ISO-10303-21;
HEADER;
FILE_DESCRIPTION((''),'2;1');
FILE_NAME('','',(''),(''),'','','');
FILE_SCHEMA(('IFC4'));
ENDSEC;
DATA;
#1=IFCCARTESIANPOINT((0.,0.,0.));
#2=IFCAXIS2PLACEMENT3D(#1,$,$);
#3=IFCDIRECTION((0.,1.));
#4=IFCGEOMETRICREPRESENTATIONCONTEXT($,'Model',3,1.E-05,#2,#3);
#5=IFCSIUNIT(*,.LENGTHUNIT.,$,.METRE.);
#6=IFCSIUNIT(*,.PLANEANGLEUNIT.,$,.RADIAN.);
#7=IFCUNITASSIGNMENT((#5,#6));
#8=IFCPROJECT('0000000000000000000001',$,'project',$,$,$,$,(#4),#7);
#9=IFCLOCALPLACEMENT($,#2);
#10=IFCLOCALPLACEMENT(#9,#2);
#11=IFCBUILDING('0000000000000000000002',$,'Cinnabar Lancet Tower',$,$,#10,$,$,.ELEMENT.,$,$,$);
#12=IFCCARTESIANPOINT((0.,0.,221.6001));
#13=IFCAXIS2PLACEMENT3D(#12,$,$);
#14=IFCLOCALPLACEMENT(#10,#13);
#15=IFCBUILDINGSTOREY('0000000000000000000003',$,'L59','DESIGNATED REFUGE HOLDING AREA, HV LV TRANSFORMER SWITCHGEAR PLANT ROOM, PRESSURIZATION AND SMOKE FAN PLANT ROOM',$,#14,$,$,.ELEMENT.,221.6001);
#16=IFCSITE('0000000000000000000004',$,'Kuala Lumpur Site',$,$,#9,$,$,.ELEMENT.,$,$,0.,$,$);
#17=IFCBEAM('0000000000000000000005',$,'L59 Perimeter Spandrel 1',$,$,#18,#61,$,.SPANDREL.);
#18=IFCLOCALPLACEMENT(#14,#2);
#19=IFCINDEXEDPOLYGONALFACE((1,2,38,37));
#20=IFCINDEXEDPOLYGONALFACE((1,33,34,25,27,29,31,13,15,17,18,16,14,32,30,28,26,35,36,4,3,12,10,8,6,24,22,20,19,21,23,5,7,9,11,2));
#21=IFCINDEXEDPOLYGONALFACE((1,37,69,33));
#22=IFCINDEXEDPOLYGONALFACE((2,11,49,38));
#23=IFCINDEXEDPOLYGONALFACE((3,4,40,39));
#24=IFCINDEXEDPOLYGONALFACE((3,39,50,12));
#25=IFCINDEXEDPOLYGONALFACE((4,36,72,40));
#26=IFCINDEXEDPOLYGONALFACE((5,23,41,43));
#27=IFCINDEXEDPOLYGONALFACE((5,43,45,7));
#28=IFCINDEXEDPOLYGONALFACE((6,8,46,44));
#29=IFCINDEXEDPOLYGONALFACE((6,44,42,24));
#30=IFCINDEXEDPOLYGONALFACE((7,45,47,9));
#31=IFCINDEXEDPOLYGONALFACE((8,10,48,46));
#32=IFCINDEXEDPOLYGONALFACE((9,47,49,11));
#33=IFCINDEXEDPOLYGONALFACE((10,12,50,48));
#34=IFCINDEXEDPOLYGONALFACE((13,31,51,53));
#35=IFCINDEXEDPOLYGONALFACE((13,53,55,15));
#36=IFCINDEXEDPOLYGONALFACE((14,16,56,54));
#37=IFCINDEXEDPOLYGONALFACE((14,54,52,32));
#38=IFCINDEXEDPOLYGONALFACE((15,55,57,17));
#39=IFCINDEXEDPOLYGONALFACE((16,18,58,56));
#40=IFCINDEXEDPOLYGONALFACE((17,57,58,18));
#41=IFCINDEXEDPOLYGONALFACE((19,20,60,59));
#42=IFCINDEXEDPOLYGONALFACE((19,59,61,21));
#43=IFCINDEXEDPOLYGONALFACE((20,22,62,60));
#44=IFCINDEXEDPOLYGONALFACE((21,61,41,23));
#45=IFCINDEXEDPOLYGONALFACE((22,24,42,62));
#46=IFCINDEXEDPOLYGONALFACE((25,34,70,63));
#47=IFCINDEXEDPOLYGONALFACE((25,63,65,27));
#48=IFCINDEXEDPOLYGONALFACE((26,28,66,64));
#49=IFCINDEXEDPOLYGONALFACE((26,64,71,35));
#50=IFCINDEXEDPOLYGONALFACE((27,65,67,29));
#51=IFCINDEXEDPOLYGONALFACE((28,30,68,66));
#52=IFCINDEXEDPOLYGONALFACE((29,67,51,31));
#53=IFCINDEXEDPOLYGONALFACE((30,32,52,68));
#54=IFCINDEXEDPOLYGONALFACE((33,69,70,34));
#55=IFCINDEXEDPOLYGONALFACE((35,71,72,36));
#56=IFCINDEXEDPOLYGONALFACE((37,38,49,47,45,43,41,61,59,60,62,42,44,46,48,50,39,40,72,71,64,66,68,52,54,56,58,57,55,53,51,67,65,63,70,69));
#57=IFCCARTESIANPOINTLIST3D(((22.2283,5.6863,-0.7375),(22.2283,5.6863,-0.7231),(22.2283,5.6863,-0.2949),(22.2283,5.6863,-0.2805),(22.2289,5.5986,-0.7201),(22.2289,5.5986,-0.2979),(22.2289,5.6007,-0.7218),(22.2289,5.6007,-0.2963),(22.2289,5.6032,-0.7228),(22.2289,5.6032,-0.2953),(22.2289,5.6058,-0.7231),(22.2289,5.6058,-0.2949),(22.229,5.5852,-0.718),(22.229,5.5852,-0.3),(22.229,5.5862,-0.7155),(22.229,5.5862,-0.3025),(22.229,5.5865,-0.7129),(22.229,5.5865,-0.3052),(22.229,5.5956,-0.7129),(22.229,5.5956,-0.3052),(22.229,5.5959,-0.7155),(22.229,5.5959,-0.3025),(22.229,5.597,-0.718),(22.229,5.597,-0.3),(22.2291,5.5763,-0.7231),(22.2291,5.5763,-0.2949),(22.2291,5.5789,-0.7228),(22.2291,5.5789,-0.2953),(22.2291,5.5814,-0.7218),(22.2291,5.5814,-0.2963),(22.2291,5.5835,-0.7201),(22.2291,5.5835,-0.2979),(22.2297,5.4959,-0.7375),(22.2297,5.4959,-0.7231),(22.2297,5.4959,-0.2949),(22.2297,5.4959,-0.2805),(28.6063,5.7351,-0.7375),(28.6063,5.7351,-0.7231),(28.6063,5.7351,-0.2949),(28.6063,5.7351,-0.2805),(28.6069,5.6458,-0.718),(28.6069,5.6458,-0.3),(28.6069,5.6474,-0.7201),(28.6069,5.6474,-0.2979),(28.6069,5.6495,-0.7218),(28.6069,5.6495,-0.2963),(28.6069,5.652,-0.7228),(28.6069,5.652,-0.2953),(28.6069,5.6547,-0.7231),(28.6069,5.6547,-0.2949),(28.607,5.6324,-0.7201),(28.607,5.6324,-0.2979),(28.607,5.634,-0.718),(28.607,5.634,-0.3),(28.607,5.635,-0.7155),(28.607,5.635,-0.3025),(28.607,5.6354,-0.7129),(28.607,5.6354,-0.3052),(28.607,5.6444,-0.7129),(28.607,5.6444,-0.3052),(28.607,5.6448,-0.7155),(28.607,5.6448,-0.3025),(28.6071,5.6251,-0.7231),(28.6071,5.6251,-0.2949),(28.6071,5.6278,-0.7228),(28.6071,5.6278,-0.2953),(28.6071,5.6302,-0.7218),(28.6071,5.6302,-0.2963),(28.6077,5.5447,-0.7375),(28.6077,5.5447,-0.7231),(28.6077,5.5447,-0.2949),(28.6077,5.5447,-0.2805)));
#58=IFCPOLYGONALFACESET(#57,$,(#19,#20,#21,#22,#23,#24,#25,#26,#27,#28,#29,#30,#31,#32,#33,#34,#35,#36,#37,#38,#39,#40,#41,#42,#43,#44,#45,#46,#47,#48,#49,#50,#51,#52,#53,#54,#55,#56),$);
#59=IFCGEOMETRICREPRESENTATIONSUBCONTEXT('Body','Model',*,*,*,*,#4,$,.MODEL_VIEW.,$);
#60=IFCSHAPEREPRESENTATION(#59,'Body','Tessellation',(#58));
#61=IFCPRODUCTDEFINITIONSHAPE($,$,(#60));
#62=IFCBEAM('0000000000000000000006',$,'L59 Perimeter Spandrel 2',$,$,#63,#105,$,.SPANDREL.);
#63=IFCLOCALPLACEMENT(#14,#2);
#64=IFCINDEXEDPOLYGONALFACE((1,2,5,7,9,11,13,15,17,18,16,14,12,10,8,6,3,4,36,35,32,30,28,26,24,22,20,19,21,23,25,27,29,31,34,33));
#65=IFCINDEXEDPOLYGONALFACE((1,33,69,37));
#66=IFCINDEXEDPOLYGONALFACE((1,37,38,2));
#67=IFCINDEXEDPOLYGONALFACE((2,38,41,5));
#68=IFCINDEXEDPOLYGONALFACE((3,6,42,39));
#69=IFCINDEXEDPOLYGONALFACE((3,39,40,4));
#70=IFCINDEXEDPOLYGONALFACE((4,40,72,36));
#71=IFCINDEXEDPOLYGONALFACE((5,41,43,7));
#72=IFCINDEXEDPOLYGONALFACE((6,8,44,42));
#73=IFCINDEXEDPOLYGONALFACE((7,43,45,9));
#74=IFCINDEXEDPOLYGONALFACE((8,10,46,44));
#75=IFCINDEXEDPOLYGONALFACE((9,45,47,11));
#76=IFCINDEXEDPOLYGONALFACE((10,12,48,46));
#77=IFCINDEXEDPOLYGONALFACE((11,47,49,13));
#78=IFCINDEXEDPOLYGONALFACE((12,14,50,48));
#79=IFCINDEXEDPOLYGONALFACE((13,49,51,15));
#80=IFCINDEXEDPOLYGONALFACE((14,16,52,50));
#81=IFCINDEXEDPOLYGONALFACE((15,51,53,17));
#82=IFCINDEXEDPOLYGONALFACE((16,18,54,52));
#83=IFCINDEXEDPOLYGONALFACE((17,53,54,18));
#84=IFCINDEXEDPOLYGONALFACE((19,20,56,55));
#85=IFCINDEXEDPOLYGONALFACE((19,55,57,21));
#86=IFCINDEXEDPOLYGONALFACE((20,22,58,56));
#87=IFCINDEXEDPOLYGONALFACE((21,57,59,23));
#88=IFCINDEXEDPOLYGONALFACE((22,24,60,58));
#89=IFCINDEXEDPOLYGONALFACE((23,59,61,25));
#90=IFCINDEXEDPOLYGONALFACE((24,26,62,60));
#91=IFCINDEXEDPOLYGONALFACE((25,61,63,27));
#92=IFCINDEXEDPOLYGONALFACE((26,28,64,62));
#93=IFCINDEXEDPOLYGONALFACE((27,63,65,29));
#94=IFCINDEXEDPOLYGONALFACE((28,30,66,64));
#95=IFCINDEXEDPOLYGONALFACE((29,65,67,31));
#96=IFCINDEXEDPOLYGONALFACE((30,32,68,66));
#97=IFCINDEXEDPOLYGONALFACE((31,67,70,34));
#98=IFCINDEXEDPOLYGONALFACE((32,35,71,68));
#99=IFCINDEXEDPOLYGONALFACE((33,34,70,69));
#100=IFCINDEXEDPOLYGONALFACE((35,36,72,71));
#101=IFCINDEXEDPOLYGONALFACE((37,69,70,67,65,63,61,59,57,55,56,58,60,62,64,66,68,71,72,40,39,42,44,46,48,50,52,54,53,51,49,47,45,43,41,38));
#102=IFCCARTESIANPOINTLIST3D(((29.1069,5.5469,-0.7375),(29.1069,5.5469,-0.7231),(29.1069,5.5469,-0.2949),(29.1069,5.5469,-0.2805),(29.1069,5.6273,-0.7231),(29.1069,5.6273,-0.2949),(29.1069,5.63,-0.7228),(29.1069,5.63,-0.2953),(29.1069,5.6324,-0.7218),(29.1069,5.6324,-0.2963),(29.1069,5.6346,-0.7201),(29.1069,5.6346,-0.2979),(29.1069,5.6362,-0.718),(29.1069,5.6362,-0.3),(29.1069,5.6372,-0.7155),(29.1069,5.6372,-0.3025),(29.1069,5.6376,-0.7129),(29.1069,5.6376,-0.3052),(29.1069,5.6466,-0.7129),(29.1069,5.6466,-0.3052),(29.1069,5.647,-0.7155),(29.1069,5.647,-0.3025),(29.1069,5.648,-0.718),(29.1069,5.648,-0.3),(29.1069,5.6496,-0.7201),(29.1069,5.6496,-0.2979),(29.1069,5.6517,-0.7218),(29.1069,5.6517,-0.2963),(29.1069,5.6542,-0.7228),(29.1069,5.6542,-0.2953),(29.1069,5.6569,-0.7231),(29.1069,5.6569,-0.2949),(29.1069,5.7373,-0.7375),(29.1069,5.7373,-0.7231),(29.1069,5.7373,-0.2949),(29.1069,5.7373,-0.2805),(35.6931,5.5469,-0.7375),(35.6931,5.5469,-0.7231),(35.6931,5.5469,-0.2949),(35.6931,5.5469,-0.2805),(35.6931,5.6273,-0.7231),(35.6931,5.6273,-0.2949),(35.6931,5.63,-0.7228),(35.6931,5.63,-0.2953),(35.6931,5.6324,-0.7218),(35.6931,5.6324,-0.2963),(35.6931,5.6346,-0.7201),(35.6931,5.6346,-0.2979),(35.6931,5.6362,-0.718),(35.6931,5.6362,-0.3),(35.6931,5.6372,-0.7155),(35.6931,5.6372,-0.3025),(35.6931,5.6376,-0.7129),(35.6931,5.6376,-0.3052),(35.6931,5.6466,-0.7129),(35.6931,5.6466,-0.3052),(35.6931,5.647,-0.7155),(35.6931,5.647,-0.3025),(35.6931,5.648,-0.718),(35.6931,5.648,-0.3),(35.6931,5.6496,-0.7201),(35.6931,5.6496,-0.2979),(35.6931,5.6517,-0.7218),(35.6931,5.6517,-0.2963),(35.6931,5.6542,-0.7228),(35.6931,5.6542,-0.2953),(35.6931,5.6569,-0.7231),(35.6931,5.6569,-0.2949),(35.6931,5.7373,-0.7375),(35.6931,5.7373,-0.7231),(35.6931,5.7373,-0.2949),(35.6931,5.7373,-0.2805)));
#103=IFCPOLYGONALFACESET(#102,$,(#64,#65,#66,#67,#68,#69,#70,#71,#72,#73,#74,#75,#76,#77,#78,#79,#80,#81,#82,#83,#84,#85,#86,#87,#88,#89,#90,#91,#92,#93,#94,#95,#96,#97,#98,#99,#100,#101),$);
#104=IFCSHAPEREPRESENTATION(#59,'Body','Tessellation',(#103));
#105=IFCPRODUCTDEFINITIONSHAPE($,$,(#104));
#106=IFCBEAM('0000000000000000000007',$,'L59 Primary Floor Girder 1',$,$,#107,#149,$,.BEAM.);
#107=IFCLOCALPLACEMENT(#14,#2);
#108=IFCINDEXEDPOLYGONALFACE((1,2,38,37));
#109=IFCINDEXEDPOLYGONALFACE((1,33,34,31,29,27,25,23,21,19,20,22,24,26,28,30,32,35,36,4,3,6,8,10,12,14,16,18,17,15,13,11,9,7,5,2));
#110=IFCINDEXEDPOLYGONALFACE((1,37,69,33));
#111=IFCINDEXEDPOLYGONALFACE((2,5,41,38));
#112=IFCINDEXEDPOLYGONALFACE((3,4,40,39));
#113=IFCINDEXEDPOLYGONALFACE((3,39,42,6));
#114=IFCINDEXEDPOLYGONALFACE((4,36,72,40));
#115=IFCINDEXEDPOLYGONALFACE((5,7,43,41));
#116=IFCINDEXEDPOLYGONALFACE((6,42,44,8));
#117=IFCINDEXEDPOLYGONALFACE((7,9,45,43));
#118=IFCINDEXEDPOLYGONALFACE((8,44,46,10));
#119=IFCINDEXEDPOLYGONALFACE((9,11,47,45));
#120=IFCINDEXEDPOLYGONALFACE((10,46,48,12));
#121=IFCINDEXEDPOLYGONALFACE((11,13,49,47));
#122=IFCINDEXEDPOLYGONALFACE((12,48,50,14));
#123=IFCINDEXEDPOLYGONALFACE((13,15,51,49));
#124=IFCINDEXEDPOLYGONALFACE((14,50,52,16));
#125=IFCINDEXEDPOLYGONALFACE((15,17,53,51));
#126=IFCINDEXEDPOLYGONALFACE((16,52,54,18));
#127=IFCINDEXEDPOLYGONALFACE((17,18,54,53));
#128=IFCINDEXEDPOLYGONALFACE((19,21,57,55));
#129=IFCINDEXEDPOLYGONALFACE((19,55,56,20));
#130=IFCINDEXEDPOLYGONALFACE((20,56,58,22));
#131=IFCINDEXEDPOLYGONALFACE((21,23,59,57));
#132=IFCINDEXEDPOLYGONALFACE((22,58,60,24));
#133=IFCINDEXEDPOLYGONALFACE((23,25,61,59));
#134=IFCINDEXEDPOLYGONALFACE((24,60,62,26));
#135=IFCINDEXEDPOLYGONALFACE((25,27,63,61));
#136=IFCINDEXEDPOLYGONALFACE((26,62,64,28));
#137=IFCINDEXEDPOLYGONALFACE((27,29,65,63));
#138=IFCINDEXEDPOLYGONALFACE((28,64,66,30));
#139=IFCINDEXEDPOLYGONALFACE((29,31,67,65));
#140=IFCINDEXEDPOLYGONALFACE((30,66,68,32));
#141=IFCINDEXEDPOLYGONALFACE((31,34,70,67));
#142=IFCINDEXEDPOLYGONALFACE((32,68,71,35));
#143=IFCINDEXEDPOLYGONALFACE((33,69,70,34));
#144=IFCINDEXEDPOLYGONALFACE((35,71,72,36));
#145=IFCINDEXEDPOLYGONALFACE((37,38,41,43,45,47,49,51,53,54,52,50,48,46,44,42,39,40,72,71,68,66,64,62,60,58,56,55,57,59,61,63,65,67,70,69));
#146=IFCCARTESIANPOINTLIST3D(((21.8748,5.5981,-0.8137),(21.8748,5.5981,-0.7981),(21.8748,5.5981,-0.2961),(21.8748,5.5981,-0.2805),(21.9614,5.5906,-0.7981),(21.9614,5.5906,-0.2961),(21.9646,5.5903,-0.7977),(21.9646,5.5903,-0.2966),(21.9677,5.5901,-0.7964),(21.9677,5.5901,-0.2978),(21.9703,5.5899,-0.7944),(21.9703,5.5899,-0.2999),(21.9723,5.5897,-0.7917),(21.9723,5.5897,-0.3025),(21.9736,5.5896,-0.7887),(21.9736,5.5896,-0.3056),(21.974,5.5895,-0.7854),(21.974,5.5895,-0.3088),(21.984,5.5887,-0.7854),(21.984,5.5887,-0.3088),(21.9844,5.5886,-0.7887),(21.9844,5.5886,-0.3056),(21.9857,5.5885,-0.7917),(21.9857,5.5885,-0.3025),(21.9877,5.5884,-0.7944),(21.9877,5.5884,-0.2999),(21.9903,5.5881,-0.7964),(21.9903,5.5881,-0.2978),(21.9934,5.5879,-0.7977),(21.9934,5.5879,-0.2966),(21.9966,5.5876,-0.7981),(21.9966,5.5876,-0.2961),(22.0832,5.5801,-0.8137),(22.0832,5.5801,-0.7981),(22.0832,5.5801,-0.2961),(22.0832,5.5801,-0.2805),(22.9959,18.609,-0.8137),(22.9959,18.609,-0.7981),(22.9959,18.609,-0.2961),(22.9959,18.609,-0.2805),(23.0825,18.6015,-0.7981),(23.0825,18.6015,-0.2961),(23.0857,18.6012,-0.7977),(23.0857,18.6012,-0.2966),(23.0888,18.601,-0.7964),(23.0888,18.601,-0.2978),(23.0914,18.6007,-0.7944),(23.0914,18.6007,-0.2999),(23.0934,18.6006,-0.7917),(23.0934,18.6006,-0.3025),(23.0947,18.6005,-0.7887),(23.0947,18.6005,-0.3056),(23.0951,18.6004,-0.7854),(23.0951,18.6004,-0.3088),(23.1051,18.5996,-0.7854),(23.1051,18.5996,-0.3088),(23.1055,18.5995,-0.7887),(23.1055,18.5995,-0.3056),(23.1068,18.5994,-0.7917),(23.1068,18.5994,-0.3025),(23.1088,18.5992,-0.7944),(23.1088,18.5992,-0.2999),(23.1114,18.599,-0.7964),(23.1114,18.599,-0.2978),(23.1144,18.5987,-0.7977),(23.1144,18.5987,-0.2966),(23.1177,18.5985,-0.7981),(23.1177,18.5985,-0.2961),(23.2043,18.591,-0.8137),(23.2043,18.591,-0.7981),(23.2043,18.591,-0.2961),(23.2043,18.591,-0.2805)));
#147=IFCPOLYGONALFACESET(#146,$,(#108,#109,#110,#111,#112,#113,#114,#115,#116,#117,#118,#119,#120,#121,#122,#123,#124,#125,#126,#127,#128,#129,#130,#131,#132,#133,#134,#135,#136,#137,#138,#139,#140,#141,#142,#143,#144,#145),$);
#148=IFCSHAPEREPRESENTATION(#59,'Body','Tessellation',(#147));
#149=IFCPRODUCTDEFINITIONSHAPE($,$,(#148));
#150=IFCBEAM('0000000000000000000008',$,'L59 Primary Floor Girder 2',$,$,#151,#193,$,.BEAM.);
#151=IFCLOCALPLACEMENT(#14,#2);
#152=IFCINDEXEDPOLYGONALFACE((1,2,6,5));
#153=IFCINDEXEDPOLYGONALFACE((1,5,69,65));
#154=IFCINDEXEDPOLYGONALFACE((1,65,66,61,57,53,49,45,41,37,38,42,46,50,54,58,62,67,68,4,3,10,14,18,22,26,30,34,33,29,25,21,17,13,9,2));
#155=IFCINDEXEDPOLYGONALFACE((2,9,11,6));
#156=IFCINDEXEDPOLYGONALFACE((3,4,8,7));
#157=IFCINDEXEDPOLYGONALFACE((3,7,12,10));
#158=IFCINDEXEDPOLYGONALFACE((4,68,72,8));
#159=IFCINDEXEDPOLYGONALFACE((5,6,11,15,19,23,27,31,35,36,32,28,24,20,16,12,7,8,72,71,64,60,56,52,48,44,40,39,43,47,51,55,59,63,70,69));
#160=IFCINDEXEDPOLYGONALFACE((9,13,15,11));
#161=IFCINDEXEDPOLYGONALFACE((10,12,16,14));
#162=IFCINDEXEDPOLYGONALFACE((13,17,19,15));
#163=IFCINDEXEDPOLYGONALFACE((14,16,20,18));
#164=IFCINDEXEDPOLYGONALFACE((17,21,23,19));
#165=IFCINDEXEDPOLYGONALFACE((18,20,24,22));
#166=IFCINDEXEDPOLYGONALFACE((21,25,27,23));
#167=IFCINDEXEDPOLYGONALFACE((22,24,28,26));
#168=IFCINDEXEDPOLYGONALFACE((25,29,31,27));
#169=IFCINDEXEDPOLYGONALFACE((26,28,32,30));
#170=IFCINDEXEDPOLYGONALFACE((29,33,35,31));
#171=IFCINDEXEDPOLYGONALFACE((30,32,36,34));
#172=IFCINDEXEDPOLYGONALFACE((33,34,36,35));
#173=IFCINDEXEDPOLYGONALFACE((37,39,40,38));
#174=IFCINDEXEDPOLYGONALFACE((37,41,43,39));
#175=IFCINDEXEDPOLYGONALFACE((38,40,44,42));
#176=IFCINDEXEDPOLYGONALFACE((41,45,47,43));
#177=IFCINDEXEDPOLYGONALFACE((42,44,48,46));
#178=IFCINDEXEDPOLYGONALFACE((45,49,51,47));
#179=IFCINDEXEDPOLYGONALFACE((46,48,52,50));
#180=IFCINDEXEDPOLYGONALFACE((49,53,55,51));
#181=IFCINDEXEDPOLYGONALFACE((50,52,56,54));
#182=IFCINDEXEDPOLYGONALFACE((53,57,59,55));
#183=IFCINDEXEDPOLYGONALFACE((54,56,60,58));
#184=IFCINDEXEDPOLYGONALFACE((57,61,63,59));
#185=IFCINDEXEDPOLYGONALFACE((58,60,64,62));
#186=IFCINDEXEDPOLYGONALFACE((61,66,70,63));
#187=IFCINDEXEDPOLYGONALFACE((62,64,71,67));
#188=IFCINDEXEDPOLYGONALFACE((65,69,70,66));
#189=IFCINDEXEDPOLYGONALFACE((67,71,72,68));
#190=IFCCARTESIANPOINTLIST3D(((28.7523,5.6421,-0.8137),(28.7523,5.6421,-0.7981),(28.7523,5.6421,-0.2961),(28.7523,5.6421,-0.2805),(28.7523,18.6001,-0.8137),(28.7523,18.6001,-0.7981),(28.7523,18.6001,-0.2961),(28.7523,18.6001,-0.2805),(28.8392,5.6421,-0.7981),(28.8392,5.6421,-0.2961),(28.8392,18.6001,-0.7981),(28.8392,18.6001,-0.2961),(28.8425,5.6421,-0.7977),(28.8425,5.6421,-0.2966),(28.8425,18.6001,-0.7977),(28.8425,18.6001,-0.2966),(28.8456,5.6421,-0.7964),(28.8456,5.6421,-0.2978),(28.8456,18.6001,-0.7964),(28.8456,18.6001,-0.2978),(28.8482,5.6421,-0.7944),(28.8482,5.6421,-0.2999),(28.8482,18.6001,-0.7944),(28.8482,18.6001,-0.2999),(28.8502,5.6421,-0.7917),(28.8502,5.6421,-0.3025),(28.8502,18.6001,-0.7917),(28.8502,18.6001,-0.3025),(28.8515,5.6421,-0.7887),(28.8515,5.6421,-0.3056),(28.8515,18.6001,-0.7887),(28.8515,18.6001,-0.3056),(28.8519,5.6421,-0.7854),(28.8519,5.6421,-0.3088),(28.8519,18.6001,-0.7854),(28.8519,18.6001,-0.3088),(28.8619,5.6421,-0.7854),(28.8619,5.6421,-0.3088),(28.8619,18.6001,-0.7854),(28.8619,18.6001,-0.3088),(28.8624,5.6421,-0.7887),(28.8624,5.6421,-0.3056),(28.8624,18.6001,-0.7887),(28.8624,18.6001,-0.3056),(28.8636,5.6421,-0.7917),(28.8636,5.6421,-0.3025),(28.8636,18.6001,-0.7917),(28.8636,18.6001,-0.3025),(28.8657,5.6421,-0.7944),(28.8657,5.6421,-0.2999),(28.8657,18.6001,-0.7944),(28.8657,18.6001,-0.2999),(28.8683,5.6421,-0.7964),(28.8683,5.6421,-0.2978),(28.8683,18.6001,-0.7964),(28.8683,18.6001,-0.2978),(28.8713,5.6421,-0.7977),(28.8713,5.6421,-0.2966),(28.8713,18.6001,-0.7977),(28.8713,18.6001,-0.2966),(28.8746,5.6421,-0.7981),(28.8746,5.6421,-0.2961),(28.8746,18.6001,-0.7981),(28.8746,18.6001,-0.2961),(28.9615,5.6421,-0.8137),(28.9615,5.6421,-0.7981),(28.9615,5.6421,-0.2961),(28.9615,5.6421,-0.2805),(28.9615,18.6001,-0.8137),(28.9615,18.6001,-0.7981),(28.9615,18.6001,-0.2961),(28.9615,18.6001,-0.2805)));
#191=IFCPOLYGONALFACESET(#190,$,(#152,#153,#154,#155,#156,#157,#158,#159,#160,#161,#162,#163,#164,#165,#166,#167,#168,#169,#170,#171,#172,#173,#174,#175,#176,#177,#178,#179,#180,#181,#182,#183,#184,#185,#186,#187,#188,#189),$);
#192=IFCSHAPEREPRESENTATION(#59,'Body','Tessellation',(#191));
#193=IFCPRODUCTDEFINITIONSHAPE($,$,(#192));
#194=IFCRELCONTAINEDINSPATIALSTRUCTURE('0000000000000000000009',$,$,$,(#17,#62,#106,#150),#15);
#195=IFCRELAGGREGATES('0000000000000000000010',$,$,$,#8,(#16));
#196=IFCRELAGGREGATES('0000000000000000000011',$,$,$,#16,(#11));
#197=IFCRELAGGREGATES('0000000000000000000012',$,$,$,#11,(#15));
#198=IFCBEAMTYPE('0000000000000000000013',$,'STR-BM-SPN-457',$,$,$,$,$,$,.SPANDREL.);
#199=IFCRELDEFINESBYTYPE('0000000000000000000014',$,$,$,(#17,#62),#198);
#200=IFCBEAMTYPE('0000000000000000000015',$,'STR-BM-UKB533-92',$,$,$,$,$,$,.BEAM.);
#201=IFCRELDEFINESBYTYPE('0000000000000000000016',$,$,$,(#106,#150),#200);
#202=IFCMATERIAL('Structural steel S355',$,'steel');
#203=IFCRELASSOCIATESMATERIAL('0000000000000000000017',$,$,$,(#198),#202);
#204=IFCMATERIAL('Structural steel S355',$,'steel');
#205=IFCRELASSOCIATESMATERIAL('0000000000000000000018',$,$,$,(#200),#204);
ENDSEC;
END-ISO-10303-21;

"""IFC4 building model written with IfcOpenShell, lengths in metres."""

from ifc_helpers import new_model, si_unit, direction, frame, origin, origin_2d, place, context, subcontext, project, spatial, i_section, extrude, material, material_profile, profile_set, type_object, element, save


model = new_model("IFC4")

# Units and contexts
model_context = context("Model", 3, precision=1e-05, world=origin(), true_north=direction((0.0, 1.0)))
body_context = subcontext(model_context, "Body", "Model", "MODEL_VIEW")
ifc_project = project(units=[si_unit("LENGTHUNIT", "METRE"), si_unit("PLANEANGLEUNIT", "RADIAN")], contexts=[model_context])

# Site, building, storey
site_placement = place(None, origin())
site = spatial("IfcSite", under=ifc_project, at=site_placement, Name="Kuala Lumpur Site", CompositionType="ELEMENT", RefElevation=0.0)
building_placement = place(site_placement, origin())
building = spatial("IfcBuilding", under=site, at=building_placement, Name="Cinnabar Lancet Tower", CompositionType="ELEMENT")
storey_placement = place(building_placement, frame((0.0, 0.0, 221.6001)))
storey = spatial("IfcBuildingStorey", under=building, at=storey_placement, Name="L59", Description="DESIGNATED REFUGE HOLDING AREA, HV LV TRANSFORMER SWITCHGEAR PLANT ROOM, PRESSURIZATION AND SMOKE FAN PLANT ROOM", CompositionType="ELEMENT", Elevation=221.6001)

# Beams
ifc_material_1 = material(Name="Structural steel S355", Category="steel")
ifc_material_profile_1 = material_profile(ifc_material_1, i_section(OverallWidth=0.1904, OverallDepth=0.457, WebThickness=0.009, FlangeThickness=0.0144, FilletRadius=0.0103, at=origin_2d()), Name="UKB 457x191x74")
ifc_profile_set_1 = profile_set([ifc_material_profile_1], Name="Structural steel S355")
beam_type_1 = type_object("IfcBeamType", Name="STR-BM-SPN-457", PredefinedType="SPANDREL", material=ifc_profile_set_1)
beam_1_placement = place(storey_placement, frame((22.229, 5.5911, -0.509), z_axis=(0.999971, 0.007656, 0.0), x_axis=(-0.007656, 0.999971, 0.0)))
element("IfcBeam", 1, at=beam_1_placement, inside=storey, type_object=beam_type_1, Name="L59 Perimeter Spandrel 1", PredefinedType="SPANDREL", context=body_context, shape_type="SweptSolid", body=[
    extrude(i_section(OverallWidth=0.1904, OverallDepth=0.457, WebThickness=0.009, FlangeThickness=0.0144, FilletRadius=0.0103, at=origin_2d()), origin(), (0.0, 0.0, 1.0), 6.3782),
])
beam_2_placement = place(storey_placement, frame((29.1069, 5.6421, -0.509), z_axis=(1.0, 0.0, 0.0), x_axis=(0.0, 1.0, 0.0)))
element("IfcBeam", 2, at=beam_2_placement, inside=storey, type_object=beam_type_1, Name="L59 Perimeter Spandrel 2", PredefinedType="SPANDREL", context=body_context, shape_type="SweptSolid", body=[
    extrude(i_section(OverallWidth=0.1904, OverallDepth=0.457, WebThickness=0.009, FlangeThickness=0.0144, FilletRadius=0.0103, at=origin_2d()), origin(), (0.0, 0.0, 1.0), 6.5862),
])
ifc_material_2 = material(Name="Structural steel S355", Category="steel")
ifc_material_profile_2 = material_profile(ifc_material_2, i_section(OverallWidth=0.2092, OverallDepth=0.5332, WebThickness=0.01, FlangeThickness=0.0156, FilletRadius=0.0127, at=origin_2d()), Name="UKB 533x210x92")
ifc_profile_set_2 = profile_set([ifc_material_profile_2], Name="Structural steel S355")
beam_type_2 = type_object("IfcBeamType", Name="STR-BM-UKB533-92", PredefinedType="BEAM", material=ifc_profile_set_2)
beam_3_placement = place(storey_placement, frame((21.979, 5.5891, -0.5471), z_axis=(0.085847, 0.996308, 0.0), x_axis=(-0.996308, 0.085847, 0.0)))
element("IfcBeam", 3, at=beam_3_placement, inside=storey, type_object=beam_type_2, Name="L59 Primary Floor Girder 1", PredefinedType="BEAM", context=body_context, shape_type="SweptSolid", body=[
    extrude(i_section(OverallWidth=0.2092, OverallDepth=0.5332, WebThickness=0.01, FlangeThickness=0.0156, FilletRadius=0.0127, at=origin_2d()), origin(), (0.0, 0.0, 1.0), 13.0591),
])
beam_4_placement = place(storey_placement, frame((28.8569, 5.6421, -0.5471), z_axis=(0.0, 1.0, 0.0), x_axis=(-1.0, 0.0, 0.0)))
element("IfcBeam", 4, at=beam_4_placement, inside=storey, type_object=beam_type_2, Name="L59 Primary Floor Girder 2", PredefinedType="BEAM", context=body_context, shape_type="SweptSolid", body=[
    extrude(i_section(OverallWidth=0.2092, OverallDepth=0.5332, WebThickness=0.01, FlangeThickness=0.0156, FilletRadius=0.0127, at=origin_2d()), origin(), (0.0, 0.0, 1.0), 12.958),
])

save(model, "model.ifc")
